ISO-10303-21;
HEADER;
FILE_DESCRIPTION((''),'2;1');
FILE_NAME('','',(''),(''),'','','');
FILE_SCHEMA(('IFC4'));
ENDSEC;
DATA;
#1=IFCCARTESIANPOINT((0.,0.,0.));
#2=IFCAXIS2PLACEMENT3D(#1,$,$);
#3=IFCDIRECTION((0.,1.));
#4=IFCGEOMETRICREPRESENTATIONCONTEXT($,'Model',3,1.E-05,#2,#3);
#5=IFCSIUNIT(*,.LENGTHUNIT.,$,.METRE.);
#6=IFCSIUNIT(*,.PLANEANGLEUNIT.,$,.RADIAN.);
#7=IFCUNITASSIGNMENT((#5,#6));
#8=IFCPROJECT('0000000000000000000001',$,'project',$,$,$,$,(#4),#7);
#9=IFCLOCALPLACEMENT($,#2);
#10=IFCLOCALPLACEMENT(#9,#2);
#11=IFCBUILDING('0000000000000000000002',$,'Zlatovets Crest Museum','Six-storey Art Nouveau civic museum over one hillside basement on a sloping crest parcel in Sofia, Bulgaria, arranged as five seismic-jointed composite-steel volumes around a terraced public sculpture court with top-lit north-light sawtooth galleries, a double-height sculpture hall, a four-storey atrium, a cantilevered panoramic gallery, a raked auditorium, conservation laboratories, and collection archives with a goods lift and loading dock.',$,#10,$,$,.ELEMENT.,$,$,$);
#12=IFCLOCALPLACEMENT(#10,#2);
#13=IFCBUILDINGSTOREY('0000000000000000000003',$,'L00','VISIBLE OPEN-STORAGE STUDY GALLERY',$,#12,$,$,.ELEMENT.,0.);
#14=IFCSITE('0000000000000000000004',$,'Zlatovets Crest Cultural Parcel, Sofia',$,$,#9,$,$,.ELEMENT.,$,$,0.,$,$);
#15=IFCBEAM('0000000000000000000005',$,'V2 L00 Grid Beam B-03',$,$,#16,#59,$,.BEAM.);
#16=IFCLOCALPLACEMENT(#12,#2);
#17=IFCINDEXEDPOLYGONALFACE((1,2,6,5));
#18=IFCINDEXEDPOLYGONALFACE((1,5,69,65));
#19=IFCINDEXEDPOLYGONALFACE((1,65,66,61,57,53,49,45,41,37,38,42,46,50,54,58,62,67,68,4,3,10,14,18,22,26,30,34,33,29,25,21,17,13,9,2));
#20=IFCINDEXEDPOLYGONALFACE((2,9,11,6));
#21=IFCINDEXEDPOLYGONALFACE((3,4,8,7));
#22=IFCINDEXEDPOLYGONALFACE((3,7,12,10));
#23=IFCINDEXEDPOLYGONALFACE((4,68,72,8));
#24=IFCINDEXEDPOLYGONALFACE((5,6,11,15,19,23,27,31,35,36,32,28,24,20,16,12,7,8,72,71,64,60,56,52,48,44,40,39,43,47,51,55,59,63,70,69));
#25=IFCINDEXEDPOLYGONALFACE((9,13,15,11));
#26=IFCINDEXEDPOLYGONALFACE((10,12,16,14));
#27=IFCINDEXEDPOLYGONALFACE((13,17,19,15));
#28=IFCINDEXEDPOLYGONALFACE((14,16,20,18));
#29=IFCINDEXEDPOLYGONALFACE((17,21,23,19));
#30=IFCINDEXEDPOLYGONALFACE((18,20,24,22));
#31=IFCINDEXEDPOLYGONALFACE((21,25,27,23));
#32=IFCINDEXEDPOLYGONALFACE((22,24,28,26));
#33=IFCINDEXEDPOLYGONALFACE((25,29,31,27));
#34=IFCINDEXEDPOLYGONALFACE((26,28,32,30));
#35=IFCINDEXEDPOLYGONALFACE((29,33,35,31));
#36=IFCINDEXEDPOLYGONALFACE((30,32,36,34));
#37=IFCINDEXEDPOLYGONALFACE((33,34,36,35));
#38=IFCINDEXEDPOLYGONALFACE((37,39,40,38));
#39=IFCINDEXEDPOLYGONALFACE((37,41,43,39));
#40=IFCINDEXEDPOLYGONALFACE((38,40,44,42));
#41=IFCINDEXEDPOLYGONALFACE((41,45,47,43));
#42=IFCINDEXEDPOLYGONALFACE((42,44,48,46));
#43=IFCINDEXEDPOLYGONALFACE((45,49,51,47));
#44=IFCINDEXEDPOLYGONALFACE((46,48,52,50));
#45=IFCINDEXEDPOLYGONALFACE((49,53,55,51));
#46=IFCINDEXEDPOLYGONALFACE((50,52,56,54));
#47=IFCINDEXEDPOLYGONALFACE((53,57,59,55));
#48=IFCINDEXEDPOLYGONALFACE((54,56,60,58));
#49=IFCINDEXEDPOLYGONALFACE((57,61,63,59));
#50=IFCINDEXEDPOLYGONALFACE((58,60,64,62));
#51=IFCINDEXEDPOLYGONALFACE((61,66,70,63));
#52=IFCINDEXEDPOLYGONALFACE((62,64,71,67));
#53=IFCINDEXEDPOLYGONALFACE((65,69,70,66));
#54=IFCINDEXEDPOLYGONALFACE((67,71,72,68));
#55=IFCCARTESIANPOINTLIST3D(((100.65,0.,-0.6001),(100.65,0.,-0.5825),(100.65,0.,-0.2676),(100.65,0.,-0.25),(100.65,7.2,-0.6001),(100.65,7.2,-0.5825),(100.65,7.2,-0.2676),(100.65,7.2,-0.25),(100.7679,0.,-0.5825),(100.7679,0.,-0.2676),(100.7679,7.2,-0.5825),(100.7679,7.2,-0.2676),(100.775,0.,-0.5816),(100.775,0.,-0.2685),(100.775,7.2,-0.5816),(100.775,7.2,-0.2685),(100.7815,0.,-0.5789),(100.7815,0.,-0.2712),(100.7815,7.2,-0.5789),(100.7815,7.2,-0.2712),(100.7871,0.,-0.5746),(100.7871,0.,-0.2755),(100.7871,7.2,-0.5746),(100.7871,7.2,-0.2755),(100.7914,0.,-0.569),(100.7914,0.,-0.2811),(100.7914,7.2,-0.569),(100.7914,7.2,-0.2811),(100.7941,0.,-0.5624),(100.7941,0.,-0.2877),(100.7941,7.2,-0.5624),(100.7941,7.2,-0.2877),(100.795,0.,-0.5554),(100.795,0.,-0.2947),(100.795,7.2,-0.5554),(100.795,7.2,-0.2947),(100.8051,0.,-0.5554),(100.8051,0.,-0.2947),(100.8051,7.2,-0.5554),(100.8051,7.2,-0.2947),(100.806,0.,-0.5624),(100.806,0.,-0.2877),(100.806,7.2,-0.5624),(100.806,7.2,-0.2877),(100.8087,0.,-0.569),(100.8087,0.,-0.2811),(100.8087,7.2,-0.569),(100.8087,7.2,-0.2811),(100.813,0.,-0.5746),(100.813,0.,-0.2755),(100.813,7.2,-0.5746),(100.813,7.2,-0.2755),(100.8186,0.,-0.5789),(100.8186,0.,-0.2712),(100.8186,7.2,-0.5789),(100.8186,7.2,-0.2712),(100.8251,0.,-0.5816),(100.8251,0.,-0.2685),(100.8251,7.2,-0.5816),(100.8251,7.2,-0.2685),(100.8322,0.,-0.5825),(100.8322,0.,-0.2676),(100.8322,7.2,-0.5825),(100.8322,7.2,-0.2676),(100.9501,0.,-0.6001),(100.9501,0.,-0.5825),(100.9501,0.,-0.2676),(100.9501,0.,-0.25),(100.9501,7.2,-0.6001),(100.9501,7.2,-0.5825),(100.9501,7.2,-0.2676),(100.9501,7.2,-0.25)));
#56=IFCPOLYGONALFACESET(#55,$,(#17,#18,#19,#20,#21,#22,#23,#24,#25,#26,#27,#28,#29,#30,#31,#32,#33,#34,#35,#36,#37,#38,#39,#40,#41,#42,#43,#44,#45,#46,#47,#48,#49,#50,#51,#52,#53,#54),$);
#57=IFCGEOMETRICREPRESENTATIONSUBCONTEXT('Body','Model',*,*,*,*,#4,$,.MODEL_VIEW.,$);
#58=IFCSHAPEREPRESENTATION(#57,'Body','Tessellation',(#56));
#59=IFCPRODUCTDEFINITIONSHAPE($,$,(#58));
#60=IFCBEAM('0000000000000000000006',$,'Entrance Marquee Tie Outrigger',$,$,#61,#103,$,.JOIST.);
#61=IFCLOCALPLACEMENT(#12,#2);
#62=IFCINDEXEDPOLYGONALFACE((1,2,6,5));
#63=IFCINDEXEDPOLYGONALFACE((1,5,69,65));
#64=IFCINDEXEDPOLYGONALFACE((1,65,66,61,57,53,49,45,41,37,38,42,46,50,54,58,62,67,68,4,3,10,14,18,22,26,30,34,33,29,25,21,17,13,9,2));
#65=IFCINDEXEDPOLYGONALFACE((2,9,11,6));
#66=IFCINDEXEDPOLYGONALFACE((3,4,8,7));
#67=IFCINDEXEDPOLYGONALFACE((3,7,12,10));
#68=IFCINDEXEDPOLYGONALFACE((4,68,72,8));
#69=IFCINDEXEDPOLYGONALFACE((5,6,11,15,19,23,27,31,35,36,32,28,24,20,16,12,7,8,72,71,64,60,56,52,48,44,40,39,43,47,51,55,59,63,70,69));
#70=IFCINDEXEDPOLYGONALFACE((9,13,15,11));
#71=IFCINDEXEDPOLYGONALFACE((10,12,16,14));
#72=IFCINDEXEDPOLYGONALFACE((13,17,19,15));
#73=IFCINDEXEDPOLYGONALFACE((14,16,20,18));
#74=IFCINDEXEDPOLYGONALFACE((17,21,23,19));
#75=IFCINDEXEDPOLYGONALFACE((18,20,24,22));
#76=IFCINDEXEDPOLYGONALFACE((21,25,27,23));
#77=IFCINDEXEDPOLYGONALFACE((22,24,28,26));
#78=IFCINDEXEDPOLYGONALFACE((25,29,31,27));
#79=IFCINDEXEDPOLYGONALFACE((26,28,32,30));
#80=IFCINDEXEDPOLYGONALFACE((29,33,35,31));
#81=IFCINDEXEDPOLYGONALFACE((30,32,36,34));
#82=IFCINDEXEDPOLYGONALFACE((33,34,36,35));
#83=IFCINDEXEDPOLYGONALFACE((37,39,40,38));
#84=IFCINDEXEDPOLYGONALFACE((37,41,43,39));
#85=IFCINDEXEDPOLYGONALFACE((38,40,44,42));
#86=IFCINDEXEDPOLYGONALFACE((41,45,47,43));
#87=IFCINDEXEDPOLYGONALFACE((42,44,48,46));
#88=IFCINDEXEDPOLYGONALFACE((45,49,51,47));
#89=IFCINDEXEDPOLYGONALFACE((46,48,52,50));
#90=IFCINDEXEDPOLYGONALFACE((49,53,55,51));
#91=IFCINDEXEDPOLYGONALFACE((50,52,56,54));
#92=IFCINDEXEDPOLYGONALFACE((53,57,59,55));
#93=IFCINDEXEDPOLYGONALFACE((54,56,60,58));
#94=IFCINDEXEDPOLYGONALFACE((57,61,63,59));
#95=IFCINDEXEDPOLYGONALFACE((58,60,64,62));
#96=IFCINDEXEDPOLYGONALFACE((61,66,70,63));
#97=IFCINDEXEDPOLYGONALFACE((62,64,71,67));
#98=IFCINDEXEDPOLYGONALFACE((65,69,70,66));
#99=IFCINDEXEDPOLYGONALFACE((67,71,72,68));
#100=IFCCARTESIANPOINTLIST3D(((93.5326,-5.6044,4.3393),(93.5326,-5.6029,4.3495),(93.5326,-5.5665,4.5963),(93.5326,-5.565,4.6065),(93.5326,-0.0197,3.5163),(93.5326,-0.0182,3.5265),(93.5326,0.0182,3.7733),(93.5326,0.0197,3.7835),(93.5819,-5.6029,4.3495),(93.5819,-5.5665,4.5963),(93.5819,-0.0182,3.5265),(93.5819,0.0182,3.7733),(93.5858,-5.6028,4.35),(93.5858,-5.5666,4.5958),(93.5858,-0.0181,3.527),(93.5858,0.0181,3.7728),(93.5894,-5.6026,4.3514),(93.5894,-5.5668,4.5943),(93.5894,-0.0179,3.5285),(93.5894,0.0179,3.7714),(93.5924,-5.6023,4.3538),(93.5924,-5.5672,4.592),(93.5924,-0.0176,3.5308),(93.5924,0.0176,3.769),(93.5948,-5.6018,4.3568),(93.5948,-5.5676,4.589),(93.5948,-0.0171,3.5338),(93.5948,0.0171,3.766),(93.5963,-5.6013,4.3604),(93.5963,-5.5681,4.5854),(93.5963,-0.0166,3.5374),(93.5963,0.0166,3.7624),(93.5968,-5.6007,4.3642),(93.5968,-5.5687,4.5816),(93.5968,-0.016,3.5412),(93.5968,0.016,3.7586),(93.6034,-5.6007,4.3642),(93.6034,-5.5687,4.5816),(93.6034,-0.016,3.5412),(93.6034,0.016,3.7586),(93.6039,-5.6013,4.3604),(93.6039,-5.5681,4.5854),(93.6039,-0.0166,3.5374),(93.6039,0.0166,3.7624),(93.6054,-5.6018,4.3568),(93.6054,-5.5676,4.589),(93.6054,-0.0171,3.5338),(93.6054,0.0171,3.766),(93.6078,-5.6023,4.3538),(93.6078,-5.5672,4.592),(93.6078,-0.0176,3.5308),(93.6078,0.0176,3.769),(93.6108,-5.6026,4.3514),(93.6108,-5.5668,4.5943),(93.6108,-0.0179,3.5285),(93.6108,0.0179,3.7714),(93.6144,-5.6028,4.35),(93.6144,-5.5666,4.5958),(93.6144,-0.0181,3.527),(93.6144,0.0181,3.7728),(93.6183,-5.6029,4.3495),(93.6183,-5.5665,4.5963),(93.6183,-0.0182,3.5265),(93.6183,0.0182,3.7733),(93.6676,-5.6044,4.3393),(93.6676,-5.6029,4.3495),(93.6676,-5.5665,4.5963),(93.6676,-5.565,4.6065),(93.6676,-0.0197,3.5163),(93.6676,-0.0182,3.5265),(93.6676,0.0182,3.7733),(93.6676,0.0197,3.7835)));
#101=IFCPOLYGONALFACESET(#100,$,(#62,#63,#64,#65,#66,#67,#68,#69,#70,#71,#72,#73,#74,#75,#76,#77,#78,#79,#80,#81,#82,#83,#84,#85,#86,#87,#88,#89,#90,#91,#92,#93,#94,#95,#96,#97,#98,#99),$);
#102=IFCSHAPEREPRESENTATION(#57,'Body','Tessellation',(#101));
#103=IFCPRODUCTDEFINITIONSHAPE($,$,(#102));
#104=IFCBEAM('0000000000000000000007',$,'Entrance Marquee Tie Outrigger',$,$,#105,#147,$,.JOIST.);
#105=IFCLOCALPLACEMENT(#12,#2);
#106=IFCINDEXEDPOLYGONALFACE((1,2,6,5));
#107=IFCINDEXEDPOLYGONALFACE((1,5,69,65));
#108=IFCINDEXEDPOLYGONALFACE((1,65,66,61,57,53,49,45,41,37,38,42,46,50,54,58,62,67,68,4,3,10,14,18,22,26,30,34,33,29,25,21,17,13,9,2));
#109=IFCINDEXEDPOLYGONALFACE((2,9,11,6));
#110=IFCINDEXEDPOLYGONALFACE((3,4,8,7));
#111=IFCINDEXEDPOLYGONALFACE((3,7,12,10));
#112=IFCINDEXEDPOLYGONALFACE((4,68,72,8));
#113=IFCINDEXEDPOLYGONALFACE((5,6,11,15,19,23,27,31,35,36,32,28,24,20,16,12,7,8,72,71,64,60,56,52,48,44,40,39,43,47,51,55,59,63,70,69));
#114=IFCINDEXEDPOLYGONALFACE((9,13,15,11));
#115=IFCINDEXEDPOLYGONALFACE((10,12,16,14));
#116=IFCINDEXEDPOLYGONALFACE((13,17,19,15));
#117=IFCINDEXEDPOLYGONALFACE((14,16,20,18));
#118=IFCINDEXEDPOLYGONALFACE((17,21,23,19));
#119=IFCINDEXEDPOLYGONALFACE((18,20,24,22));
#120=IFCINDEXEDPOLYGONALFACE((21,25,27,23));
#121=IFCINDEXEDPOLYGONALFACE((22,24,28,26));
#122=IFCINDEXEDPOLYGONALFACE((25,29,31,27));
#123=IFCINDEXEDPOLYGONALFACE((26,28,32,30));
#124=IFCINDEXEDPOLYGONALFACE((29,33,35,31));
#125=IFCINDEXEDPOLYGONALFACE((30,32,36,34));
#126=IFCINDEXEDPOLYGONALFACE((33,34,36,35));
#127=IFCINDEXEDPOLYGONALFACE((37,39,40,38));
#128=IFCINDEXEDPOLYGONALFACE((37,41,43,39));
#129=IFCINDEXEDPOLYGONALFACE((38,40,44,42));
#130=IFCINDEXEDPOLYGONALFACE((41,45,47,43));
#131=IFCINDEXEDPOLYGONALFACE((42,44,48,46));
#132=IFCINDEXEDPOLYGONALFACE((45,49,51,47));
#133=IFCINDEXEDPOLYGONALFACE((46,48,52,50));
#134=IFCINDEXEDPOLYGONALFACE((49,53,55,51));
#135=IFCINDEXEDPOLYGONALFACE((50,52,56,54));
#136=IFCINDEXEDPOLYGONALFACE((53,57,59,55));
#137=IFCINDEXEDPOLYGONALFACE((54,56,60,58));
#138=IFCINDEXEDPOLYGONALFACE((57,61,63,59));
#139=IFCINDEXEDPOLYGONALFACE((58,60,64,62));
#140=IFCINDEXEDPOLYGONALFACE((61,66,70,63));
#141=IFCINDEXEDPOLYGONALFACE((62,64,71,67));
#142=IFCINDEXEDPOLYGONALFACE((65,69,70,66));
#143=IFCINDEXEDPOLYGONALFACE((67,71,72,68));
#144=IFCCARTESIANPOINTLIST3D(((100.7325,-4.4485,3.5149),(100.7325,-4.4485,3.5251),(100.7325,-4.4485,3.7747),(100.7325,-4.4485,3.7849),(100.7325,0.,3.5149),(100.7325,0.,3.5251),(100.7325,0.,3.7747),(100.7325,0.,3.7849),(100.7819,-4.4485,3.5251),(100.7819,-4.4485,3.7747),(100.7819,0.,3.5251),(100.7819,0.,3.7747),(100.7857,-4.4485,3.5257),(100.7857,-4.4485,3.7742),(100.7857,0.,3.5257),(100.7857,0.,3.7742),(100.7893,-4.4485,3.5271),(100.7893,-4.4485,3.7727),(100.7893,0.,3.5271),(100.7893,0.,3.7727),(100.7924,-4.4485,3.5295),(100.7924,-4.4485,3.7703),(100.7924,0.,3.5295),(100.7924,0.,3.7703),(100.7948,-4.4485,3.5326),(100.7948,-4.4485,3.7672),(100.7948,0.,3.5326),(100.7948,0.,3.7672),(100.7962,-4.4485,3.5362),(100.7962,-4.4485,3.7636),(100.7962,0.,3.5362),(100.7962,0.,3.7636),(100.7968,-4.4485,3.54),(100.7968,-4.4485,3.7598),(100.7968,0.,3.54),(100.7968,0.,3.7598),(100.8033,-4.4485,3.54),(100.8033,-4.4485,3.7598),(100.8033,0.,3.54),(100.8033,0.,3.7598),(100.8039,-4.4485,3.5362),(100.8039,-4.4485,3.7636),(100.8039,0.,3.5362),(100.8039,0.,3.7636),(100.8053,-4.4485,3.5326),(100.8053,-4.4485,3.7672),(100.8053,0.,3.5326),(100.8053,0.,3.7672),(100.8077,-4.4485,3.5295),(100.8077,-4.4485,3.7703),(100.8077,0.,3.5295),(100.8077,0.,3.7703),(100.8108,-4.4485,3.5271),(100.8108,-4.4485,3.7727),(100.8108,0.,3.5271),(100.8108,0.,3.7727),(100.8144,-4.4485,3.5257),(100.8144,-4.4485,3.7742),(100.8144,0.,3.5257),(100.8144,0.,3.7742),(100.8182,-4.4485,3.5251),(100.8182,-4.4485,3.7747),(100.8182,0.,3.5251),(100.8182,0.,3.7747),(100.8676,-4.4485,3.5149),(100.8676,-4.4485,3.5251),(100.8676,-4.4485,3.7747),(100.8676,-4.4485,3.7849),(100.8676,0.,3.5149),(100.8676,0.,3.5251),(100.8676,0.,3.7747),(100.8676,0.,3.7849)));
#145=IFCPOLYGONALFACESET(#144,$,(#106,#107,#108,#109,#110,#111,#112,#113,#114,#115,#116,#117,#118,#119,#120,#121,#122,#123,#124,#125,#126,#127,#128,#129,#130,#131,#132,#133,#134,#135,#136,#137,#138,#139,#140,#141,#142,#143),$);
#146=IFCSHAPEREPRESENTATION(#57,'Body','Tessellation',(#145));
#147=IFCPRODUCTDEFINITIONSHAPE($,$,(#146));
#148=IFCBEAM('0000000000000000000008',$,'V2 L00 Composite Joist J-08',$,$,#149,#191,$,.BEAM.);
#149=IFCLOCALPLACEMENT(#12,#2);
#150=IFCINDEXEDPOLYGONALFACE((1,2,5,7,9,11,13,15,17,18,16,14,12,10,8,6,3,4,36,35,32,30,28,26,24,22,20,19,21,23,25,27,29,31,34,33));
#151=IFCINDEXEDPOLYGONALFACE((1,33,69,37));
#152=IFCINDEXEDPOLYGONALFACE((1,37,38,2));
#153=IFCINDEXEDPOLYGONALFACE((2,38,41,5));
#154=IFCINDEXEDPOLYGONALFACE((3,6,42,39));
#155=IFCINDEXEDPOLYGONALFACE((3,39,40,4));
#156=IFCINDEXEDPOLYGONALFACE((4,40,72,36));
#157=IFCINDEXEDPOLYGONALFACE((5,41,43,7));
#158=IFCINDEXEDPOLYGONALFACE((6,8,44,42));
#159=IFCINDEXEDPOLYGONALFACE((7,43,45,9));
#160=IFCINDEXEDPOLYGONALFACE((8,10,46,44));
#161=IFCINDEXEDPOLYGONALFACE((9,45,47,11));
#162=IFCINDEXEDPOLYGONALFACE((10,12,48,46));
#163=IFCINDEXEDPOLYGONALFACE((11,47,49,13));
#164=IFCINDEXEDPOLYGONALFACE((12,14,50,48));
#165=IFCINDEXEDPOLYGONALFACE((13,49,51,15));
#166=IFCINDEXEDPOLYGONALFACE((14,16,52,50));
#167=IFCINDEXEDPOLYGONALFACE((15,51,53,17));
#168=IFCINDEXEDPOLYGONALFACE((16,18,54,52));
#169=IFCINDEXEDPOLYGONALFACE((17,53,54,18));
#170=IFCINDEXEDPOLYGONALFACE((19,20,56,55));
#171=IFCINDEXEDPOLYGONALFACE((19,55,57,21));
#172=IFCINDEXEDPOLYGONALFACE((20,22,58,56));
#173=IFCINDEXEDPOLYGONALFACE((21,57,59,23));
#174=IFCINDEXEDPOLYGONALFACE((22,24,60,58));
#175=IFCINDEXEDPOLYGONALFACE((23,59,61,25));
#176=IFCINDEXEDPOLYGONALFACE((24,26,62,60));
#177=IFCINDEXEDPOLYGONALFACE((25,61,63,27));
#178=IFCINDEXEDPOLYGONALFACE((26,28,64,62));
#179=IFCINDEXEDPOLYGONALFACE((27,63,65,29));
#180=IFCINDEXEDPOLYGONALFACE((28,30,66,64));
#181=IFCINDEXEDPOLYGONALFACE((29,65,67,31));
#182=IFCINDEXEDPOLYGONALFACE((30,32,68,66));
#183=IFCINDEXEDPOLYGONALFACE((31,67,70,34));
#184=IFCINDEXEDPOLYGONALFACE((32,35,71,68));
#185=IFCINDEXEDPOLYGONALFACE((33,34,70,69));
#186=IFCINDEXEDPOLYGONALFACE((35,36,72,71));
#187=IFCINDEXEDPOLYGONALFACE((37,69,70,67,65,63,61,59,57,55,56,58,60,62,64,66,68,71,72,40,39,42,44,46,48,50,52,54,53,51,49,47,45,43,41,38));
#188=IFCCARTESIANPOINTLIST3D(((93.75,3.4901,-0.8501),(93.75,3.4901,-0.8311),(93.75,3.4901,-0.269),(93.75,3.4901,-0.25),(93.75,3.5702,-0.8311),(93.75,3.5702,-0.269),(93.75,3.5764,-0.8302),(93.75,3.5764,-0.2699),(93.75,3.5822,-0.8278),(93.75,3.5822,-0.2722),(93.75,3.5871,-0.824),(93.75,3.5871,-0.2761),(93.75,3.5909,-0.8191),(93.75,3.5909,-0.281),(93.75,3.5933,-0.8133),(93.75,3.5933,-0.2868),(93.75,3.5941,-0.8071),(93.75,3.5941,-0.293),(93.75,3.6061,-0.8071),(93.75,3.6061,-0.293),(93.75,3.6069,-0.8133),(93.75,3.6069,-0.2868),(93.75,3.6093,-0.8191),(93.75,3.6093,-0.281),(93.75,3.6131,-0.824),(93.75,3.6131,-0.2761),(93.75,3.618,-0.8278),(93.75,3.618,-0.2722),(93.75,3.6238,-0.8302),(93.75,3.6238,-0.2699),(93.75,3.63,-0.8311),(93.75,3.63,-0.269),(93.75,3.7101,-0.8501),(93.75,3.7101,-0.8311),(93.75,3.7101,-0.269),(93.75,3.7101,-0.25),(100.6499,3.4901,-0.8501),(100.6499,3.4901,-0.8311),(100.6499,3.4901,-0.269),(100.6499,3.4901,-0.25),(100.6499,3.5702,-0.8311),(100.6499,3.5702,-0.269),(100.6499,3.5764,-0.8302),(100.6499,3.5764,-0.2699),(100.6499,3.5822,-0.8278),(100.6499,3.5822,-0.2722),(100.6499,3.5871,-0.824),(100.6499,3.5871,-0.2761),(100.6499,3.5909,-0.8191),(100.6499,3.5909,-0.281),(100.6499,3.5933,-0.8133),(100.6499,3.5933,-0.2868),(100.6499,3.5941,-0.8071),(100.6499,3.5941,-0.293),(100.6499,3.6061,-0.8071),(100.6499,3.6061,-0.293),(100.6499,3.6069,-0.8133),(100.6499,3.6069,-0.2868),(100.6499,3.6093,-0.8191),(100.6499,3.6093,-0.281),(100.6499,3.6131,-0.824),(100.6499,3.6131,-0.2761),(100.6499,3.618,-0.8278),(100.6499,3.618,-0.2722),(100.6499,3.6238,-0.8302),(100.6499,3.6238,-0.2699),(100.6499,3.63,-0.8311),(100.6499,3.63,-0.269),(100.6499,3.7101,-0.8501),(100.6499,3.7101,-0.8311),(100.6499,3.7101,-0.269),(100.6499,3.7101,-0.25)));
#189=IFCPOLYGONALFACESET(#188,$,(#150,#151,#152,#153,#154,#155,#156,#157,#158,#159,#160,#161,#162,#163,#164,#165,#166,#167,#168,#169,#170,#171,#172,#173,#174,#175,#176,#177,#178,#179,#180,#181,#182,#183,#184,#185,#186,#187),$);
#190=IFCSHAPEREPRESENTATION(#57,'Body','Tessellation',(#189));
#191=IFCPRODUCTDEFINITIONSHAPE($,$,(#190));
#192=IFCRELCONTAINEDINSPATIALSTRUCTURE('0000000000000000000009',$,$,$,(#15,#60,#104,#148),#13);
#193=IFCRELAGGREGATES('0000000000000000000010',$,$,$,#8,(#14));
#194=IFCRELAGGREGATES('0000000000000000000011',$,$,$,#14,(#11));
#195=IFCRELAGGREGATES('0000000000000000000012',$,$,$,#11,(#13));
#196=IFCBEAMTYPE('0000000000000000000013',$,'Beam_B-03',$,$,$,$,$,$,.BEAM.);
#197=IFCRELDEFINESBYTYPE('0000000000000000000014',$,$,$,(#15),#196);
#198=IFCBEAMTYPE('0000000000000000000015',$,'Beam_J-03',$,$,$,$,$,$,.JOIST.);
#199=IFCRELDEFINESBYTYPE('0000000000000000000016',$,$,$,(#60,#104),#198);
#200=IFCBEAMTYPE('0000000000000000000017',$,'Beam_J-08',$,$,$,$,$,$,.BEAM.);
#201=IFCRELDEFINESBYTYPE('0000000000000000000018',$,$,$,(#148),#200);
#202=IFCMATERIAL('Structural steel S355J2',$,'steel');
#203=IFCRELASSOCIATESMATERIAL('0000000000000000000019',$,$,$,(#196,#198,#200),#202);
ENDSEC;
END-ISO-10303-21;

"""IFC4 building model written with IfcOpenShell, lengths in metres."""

from ifc_helpers import new_model, si_unit, direction, frame, origin, origin_2d, place, context, subcontext, project, spatial, i_section, extrude, material, material_profile, profile_set, type_object, element, save


model = new_model("IFC4")

# Units and contexts
model_context = context("Model", 3, precision=1e-05, world=origin(), true_north=direction((0.0, 1.0)))
body_context = subcontext(model_context, "Body", "Model", "MODEL_VIEW")
ifc_project = project(units=[si_unit("LENGTHUNIT", "METRE"), si_unit("PLANEANGLEUNIT", "RADIAN")], contexts=[model_context])

# Site, building, storey
site_placement = place(None, origin())
site = spatial("IfcSite", under=ifc_project, at=site_placement, Name="Zlatovets Crest Cultural Parcel, Sofia", CompositionType="ELEMENT", RefElevation=0.0)
building_placement = place(site_placement, origin())
building = spatial("IfcBuilding", under=site, at=building_placement, Name="Zlatovets Crest Museum", Description="Six-storey Art Nouveau civic museum over one hillside basement on a sloping crest parcel in Sofia, Bulgaria, arranged as five seismic-jointed composite-steel volumes around a terraced public sculpture court with top-lit north-light sawtooth galleries, a double-height sculpture hall, a four-storey atrium, a cantilevered panoramic gallery, a raked auditorium, conservation laboratories, and collection archives with a goods lift and loading dock.", CompositionType="ELEMENT")
storey_placement = place(building_placement, origin())
storey = spatial("IfcBuildingStorey", under=building, at=storey_placement, Name="L00", Description="VISIBLE OPEN-STORAGE STUDY GALLERY", CompositionType="ELEMENT", Elevation=0.0)

# Shared definitions
ifc_material_1 = material(Name="Structural steel S355J2", Category="steel")

# Beams
ifc_material_profile_1 = material_profile(ifc_material_1, i_section(OverallWidth=0.3, OverallDepth=0.3501, WebThickness=0.01, FlangeThickness=0.0176, FilletRadius=0.0271, at=origin_2d()), Name="HEA 360")
ifc_profile_set_1 = profile_set([ifc_material_profile_1], Name="Structural steel S355J2")
beam_type_1 = type_object("IfcBeamType", Name="Beam_B-03", PredefinedType="BEAM", material=ifc_profile_set_1)
for number, where, z_axis, x_axis, name in (
    (1, (100.8, 0.0, -0.425), (0.0, 1.0, 0.0), (-1.0, 0.0, 0.0), "V2 L00 Grid Beam B-03"),
):
    element("IfcBeam", number, at=place(storey_placement, frame(where, z_axis=z_axis, x_axis=x_axis)), inside=storey, type_object=beam_type_1, Name=name, PredefinedType="BEAM", context=body_context, shape_type="SweptSolid", body=[
        extrude(i_section(OverallWidth=0.3, OverallDepth=0.3501, WebThickness=0.01, FlangeThickness=0.0176, FilletRadius=0.0271, at=origin_2d()), origin(), (0.0, 0.0, 1.0), 7.2),
    ])
ifc_material_profile_2 = material_profile(ifc_material_1, i_section(OverallWidth=0.135, OverallDepth=0.27, WebThickness=0.0066, FlangeThickness=0.0103, FilletRadius=0.0149, at=origin_2d()), Name="IPE 270")
ifc_profile_set_2 = profile_set([ifc_material_profile_2], Name="Structural steel S355J2")
beam_type_2 = type_object("IfcBeamType", Name="Beam_J-03", PredefinedType="JOIST", material=ifc_profile_set_2)
beam_1_placement = place(storey_placement, frame((93.6001, 0.0, 3.6499), z_axis=(0.0, -0.989315, 0.145792), x_axis=(1.0, 0.0, 0.0)))
element("IfcBeam", 2, at=beam_1_placement, inside=storey, type_object=beam_type_2, Name="Entrance Marquee Tie Outrigger", PredefinedType="JOIST", context=body_context, shape_type="SweptSolid", body=[
    extrude(i_section(OverallWidth=0.135, OverallDepth=0.27, WebThickness=0.0066, FlangeThickness=0.0103, FilletRadius=0.0149, at=origin_2d()), origin(), (0.0, 0.0, 1.0), 5.645),
])
beam_2_placement = place(storey_placement, frame((100.8, 0.0, 3.6499), z_axis=(0.0, -1.0, 0.0), x_axis=(1.0, 0.0, 0.0)))
element("IfcBeam", 3, at=beam_2_placement, inside=storey, type_object=beam_type_2, Name="Entrance Marquee Tie Outrigger", PredefinedType="JOIST", context=body_context, shape_type="SweptSolid", body=[
    extrude(i_section(OverallWidth=0.135, OverallDepth=0.27, WebThickness=0.0066, FlangeThickness=0.0103, FilletRadius=0.0149, at=origin_2d()), origin(), (0.0, 0.0, 1.0), 4.4485),
])
ifc_material_profile_3 = material_profile(ifc_material_1, i_section(OverallWidth=0.22, OverallDepth=0.6001, WebThickness=0.012, FlangeThickness=0.019, FilletRadius=0.0239, at=origin_2d()), Name="IPE 600")
ifc_profile_set_3 = profile_set([ifc_material_profile_3], Name="Structural steel S355J2")
beam_type_3 = type_object("IfcBeamType", Name="Beam_J-08", PredefinedType="BEAM", material=ifc_profile_set_3)
beam_3_placement = place(storey_placement, frame((93.75, 3.6001, -0.55), z_axis=(1.0, 0.0, 0.0), x_axis=(0.0, 1.0, 0.0)))
element("IfcBeam", 4, at=beam_3_placement, inside=storey, type_object=beam_type_3, Name="V2 L00 Composite Joist J-08", PredefinedType="BEAM", context=body_context, shape_type="SweptSolid", body=[
    extrude(i_section(OverallWidth=0.22, OverallDepth=0.6001, WebThickness=0.012, FlangeThickness=0.019, FilletRadius=0.0239, at=origin_2d()), origin(), (0.0, 0.0, 1.0), 6.8999),
])

save(model, "model.ifc")
